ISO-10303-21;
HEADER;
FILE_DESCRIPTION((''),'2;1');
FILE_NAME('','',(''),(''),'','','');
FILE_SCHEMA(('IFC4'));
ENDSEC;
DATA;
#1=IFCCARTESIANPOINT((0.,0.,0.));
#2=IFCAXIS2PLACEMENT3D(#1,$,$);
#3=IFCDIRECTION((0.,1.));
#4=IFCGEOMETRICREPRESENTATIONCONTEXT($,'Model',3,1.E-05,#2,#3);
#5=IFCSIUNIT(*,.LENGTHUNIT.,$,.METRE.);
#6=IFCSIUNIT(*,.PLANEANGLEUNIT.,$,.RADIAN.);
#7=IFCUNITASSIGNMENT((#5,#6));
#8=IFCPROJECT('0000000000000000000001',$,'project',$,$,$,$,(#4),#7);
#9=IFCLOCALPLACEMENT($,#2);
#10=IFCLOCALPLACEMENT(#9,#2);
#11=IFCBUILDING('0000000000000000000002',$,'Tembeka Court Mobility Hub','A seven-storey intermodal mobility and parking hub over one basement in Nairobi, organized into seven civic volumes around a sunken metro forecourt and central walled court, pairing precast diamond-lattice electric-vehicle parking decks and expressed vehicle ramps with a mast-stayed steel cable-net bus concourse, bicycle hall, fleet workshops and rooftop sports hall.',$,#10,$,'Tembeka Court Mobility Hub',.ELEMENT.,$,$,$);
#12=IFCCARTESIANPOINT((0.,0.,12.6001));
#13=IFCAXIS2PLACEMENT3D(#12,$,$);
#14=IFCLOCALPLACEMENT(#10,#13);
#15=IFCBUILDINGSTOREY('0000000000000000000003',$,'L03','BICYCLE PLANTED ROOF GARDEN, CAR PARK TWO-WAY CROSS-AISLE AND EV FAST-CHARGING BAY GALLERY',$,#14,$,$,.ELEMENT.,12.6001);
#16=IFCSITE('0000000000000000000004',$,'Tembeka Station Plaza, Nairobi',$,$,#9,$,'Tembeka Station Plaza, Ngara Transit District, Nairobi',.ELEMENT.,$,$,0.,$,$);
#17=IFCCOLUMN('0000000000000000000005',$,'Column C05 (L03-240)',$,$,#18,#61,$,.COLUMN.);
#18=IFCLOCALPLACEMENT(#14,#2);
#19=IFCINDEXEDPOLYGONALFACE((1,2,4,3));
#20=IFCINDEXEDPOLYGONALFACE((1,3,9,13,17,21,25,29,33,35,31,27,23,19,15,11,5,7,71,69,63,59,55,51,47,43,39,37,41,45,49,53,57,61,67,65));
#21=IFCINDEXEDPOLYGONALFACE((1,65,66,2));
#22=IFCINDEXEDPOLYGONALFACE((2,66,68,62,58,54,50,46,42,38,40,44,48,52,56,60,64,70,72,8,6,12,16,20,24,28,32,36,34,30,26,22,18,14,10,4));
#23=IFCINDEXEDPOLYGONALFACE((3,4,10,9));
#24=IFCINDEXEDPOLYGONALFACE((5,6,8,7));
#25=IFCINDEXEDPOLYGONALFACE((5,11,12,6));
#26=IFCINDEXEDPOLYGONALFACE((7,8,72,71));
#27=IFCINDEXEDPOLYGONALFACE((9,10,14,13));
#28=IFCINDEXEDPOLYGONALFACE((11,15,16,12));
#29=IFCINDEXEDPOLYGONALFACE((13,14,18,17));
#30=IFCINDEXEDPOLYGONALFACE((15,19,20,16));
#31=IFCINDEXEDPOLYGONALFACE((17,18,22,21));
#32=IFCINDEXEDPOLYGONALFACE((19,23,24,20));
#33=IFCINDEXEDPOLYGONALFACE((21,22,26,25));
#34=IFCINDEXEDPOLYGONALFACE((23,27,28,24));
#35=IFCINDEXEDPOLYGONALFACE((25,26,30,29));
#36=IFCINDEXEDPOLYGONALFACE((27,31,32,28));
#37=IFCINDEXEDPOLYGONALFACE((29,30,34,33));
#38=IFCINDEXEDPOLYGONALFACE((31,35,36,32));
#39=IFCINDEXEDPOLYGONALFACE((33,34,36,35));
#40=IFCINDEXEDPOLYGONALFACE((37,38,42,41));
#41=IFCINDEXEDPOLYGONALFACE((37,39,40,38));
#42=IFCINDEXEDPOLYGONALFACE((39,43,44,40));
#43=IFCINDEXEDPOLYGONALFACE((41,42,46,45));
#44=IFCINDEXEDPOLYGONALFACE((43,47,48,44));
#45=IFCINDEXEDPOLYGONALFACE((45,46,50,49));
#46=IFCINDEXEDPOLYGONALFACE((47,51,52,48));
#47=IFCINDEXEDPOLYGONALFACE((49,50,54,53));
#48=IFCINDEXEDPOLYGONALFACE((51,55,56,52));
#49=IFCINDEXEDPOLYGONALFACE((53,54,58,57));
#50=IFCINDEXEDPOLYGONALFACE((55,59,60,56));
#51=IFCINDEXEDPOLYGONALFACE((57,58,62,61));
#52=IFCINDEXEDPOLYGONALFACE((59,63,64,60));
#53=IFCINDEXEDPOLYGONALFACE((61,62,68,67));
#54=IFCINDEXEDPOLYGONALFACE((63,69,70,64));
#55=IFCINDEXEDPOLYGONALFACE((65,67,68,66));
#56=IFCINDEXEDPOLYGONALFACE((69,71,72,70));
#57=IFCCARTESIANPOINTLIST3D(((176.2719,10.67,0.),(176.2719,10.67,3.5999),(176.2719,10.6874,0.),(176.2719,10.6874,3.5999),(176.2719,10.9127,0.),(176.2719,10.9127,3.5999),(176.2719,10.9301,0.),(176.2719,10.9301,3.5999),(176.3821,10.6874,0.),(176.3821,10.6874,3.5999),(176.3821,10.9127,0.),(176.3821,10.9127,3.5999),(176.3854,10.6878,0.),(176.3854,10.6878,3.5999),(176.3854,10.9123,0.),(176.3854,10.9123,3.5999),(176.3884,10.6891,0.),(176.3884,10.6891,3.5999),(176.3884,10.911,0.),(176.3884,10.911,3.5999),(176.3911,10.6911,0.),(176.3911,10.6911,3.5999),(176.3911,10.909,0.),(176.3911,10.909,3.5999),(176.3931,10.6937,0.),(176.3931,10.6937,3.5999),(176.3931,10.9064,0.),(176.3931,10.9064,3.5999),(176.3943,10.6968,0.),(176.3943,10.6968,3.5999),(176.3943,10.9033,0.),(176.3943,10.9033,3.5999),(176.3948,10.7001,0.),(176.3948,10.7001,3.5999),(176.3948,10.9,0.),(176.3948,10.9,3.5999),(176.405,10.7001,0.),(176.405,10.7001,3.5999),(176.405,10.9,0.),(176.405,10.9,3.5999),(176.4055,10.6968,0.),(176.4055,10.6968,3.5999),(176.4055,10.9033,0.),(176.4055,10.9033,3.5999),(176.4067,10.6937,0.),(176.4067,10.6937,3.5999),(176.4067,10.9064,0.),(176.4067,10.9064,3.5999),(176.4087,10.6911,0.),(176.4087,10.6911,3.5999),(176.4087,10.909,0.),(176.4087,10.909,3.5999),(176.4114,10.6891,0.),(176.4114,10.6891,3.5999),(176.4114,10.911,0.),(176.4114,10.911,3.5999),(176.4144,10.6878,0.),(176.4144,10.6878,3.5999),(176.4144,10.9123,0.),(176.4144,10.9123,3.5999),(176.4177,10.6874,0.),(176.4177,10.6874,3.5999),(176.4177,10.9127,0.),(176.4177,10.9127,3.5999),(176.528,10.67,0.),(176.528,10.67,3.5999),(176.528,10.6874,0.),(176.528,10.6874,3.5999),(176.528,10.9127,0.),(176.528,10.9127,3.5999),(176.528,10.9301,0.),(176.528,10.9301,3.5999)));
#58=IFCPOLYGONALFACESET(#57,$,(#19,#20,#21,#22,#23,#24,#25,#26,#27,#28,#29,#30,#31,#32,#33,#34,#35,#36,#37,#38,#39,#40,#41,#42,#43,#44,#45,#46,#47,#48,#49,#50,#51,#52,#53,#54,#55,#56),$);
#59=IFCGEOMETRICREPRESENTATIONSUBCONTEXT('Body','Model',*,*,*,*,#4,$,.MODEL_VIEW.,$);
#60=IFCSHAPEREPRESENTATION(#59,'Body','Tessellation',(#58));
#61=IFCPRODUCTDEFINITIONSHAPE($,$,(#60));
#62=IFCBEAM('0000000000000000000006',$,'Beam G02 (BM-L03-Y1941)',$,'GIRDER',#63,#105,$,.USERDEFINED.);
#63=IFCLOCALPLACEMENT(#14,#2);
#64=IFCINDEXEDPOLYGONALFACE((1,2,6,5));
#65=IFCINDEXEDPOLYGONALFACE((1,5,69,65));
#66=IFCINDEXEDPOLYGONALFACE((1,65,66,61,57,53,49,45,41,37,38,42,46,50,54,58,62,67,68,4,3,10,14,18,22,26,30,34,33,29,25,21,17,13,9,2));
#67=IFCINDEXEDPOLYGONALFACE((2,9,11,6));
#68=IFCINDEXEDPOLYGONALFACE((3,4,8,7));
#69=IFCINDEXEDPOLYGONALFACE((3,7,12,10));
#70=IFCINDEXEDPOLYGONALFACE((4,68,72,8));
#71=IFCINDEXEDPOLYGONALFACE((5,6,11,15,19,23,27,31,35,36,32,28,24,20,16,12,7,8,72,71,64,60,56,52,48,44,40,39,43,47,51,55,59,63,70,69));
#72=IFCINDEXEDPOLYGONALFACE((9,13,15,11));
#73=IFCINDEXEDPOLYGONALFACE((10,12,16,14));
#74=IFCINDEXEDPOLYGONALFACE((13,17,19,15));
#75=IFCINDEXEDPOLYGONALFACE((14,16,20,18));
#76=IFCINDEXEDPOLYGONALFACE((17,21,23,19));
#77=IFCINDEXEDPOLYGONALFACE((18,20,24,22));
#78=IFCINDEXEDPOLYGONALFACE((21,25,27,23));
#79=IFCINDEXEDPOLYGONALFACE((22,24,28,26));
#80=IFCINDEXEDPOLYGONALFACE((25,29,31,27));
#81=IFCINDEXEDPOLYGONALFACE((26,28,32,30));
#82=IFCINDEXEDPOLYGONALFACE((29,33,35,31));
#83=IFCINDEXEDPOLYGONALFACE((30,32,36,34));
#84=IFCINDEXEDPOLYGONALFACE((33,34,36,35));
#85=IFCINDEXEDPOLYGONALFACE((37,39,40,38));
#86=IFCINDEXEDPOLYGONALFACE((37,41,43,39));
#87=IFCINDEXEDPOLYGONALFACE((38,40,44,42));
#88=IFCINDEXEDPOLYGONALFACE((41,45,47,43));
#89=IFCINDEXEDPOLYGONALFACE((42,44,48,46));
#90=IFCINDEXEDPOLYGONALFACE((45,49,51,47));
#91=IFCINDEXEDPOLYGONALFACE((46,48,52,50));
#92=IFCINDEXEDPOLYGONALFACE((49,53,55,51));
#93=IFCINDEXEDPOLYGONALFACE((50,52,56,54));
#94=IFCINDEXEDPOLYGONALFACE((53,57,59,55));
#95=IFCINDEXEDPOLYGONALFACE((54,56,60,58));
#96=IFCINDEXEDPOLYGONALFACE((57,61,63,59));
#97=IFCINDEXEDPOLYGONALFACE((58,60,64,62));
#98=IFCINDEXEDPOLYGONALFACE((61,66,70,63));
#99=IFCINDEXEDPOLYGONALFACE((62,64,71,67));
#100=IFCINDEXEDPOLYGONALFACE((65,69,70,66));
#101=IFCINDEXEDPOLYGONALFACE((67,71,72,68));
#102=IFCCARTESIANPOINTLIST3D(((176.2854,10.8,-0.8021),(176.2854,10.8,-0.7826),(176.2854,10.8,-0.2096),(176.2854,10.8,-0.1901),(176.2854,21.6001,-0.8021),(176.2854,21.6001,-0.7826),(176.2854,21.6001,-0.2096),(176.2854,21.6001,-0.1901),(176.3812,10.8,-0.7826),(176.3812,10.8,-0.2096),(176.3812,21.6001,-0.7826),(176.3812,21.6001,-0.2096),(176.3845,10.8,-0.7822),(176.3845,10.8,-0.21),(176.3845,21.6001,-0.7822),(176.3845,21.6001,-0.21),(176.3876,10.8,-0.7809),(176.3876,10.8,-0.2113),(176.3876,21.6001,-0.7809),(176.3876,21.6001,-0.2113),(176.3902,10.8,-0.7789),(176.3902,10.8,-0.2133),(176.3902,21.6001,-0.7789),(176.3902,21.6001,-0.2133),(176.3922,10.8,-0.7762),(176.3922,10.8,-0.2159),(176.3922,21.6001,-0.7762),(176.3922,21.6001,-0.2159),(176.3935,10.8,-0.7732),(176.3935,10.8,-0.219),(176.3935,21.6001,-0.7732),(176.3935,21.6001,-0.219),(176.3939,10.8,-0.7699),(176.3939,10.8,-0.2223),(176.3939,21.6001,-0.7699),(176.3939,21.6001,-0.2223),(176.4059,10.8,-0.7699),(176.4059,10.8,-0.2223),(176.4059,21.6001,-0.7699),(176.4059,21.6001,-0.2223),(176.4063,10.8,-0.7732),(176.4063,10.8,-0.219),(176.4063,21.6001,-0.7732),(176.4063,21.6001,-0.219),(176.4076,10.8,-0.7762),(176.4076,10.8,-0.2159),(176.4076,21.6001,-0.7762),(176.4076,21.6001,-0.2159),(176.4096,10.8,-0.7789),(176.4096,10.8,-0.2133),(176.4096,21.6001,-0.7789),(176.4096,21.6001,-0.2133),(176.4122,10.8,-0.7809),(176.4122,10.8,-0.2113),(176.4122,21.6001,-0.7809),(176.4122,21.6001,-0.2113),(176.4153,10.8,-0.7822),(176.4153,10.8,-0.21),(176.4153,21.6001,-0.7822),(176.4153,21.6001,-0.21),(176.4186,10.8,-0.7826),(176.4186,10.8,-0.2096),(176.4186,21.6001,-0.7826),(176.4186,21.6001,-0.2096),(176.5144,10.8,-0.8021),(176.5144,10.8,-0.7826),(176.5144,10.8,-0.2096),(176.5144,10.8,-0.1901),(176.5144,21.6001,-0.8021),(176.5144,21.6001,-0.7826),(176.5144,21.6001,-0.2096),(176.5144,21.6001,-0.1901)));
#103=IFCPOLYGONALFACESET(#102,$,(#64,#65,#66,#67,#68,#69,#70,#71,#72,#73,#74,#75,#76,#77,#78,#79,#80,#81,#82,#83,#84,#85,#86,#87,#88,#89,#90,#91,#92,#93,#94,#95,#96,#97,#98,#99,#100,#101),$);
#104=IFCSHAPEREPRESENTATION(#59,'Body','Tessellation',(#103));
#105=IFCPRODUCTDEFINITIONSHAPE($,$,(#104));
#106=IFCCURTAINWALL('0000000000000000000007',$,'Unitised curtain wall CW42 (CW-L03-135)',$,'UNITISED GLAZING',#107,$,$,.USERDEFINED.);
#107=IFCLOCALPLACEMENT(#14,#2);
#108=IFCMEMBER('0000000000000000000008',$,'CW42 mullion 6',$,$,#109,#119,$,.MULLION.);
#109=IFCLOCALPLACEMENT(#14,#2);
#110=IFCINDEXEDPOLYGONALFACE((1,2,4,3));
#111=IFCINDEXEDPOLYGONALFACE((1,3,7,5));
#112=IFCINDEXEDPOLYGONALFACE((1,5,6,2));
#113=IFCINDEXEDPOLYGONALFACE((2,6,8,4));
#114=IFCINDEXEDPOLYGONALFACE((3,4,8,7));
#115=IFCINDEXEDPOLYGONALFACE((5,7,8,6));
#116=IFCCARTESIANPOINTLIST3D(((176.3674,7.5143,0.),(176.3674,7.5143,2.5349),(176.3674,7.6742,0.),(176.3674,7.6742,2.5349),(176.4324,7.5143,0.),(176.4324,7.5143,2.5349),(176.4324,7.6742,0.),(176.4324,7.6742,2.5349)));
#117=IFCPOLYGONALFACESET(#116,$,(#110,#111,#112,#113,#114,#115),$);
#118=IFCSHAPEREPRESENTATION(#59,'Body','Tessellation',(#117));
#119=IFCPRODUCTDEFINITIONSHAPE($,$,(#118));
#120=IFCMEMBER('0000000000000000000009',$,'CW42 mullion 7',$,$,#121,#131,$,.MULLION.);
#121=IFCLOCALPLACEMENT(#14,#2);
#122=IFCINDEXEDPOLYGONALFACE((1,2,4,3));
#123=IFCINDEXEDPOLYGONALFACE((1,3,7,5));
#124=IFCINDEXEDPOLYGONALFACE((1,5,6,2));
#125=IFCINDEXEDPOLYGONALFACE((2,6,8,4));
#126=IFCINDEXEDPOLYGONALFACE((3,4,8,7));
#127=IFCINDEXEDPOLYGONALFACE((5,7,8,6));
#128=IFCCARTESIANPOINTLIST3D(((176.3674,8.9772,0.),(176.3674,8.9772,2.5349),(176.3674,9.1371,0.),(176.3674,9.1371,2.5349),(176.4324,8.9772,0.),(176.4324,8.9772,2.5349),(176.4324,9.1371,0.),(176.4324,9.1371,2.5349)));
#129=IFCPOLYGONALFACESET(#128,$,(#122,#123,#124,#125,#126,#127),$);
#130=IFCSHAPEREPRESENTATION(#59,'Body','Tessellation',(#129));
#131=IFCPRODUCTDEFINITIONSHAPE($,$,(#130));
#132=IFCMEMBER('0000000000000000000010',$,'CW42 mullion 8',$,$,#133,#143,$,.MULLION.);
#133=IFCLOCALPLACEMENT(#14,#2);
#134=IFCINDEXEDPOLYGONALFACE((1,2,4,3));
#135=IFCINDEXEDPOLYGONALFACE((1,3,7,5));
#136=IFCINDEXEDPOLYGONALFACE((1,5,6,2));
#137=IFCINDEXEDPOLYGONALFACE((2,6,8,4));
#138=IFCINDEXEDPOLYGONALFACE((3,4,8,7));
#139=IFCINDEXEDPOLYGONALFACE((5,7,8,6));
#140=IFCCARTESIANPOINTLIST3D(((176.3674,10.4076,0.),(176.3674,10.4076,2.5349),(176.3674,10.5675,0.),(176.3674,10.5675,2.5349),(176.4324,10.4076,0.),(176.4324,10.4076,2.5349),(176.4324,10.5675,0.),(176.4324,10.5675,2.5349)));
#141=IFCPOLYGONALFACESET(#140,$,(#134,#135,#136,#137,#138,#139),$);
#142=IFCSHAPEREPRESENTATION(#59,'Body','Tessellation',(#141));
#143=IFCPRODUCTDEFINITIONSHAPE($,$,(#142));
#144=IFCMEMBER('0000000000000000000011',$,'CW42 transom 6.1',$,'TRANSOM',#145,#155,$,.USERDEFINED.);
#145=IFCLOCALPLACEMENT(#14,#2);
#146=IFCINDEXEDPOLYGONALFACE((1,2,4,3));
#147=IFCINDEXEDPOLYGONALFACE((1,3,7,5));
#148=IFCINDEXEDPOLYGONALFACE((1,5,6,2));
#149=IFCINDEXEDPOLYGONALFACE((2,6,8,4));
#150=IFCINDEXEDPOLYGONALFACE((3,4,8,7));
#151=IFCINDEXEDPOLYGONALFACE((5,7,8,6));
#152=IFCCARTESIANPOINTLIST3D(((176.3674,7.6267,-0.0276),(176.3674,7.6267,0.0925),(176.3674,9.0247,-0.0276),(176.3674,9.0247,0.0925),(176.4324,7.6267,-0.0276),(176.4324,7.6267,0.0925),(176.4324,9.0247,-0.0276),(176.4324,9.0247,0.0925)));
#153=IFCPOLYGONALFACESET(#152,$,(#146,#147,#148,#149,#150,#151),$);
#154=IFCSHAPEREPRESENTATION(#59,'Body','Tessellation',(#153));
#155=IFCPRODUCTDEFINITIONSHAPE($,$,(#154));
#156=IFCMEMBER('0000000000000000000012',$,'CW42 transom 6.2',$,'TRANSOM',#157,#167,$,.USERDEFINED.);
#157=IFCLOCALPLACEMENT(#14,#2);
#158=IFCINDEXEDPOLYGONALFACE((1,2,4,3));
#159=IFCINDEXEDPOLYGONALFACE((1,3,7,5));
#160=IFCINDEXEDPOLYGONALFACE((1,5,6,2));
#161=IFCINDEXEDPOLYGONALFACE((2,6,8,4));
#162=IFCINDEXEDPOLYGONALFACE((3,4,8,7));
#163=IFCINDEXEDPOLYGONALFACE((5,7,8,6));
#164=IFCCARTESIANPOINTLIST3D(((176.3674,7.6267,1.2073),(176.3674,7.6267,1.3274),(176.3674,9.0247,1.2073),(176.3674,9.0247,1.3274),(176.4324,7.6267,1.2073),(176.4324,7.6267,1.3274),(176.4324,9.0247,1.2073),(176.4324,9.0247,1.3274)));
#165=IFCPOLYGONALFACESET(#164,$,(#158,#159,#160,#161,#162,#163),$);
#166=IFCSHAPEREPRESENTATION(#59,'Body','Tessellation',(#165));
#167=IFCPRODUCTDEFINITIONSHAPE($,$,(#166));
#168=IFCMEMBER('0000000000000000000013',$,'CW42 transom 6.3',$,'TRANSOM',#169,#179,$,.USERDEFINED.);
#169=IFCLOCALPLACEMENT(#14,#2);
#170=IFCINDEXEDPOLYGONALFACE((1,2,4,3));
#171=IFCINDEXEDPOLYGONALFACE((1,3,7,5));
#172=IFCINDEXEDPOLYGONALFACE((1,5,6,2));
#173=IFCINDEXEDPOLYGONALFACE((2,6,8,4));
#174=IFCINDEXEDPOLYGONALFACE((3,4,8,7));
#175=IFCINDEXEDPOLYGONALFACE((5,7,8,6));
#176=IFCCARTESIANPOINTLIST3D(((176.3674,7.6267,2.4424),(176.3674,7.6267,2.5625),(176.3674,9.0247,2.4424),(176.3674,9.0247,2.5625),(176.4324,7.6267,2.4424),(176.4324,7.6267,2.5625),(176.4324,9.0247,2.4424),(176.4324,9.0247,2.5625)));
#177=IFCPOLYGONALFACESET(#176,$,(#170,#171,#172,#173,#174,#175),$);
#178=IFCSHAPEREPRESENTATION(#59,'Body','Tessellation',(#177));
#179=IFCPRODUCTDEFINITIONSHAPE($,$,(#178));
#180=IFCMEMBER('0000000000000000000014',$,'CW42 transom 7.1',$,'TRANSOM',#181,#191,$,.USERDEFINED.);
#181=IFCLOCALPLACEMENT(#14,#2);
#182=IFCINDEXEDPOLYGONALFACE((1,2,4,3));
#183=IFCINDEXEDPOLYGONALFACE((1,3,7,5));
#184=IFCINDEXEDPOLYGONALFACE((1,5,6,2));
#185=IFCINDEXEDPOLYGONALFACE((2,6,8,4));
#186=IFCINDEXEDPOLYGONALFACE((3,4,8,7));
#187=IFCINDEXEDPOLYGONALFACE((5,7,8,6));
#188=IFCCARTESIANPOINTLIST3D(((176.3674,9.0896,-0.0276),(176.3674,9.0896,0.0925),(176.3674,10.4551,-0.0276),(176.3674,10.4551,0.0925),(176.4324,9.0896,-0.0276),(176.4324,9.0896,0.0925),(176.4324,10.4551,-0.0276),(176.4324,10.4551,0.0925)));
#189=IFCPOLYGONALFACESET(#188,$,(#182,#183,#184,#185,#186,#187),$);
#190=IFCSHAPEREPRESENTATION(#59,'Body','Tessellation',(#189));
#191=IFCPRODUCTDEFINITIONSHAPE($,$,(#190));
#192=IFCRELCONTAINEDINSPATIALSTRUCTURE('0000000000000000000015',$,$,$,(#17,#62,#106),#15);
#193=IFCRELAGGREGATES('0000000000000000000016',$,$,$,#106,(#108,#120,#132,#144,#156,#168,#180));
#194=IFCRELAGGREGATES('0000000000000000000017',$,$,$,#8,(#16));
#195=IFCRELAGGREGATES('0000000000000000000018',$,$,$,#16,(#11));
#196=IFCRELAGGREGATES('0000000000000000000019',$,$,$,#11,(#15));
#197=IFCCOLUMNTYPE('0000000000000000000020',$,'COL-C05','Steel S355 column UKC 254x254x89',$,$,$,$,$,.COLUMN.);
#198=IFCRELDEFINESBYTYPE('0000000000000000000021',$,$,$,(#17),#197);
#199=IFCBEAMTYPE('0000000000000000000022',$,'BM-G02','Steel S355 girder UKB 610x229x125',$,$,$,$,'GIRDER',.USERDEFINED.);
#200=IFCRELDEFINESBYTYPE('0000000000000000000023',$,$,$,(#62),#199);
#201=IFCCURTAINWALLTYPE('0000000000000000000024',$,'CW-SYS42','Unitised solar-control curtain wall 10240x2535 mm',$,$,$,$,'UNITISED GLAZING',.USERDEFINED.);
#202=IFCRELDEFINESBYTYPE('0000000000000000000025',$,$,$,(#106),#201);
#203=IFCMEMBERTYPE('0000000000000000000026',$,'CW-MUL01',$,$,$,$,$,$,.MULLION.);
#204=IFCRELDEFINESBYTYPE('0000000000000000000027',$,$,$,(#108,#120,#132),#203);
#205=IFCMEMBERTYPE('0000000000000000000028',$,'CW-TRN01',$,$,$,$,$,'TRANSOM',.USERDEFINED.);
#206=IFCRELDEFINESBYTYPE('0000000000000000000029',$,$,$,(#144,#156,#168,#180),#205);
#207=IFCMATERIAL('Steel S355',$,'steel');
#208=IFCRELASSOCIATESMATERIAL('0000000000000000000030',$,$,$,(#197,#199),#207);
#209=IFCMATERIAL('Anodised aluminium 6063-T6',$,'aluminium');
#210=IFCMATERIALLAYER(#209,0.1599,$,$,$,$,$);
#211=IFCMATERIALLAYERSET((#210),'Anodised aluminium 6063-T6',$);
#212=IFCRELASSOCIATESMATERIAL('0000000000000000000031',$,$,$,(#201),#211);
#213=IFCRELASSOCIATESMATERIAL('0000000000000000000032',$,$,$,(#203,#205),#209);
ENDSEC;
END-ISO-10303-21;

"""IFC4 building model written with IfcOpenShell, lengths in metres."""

from ifc_helpers import new_model, si_unit, direction, frame, origin, origin_2d, place, context, subcontext, project, spatial, rectangle, i_section, extrude, material, layer, layer_set, material_profile, profile_set, type_object, element, aggregate, save


model = new_model("IFC4")

# Units and contexts
model_context = context("Model", 3, precision=1e-05, world=origin(), true_north=direction((0.0, 1.0)))
body_context = subcontext(model_context, "Body", "Model", "MODEL_VIEW")
ifc_project = project(units=[si_unit("LENGTHUNIT", "METRE"), si_unit("PLANEANGLEUNIT", "RADIAN")], contexts=[model_context])

# Site, building, storey
site_placement = place(None, origin())
site = spatial("IfcSite", under=ifc_project, at=site_placement, Name="Tembeka Station Plaza, Nairobi", LongName="Tembeka Station Plaza, Ngara Transit District, Nairobi", CompositionType="ELEMENT", RefElevation=0.0)
building_placement = place(site_placement, origin())
building = spatial("IfcBuilding", under=site, at=building_placement, Name="Tembeka Court Mobility Hub", Description="A seven-storey intermodal mobility and parking hub over one basement in Nairobi, organized into seven civic volumes around a sunken metro forecourt and central walled court, pairing precast diamond-lattice electric-vehicle parking decks and expressed vehicle ramps with a mast-stayed steel cable-net bus concourse, bicycle hall, fleet workshops and rooftop sports hall.", LongName="Tembeka Court Mobility Hub", CompositionType="ELEMENT")
storey_placement = place(building_placement, frame((0.0, 0.0, 12.6001)))
storey = spatial("IfcBuildingStorey", under=building, at=storey_placement, Name="L03", Description="BICYCLE PLANTED ROOF GARDEN, CAR PARK TWO-WAY CROSS-AISLE AND EV FAST-CHARGING BAY GALLERY", CompositionType="ELEMENT", Elevation=12.6001)

# Column
ifc_material_1 = material(Name="Steel S355", Category="steel")
ifc_material_profile_1 = material_profile(ifc_material_1, i_section(OverallWidth=0.2561, OverallDepth=0.26, WebThickness=0.0103, FlangeThickness=0.0173, FilletRadius=0.0127, at=origin_2d()), Name="UKC 254x254x89")
ifc_profile_set_1 = profile_set([ifc_material_profile_1], Name="Steel S355")
column_type = type_object("IfcColumnType", Name="COL-C05", Description="Steel S355 column UKC 254x254x89", PredefinedType="COLUMN", material=ifc_profile_set_1)
column_placement = place(storey_placement, frame((176.3999, 10.8, 0.0), z_axis=(0.0, 0.0, 1.0), x_axis=(1.0, 0.0, 0.0)))
element("IfcColumn", 1, at=column_placement, inside=storey, type_object=column_type, Name="Column C05 (L03-240)", PredefinedType="COLUMN", context=body_context, shape_type="SweptSolid", body=[
    extrude(i_section(OverallWidth=0.2561, OverallDepth=0.26, WebThickness=0.0103, FlangeThickness=0.0173, FilletRadius=0.0127, at=origin_2d()), origin(), (0.0, 0.0, 1.0), 3.5999),
])

# Beam
ifc_material_profile_2 = material_profile(ifc_material_1, i_section(OverallWidth=0.229, OverallDepth=0.6121, WebThickness=0.012, FlangeThickness=0.0195, FilletRadius=0.0127, at=origin_2d()), Name="UKB 610x229x125")
ifc_profile_set_2 = profile_set([ifc_material_profile_2], Name="Steel S355")
beam_type = type_object("IfcBeamType", Name="BM-G02", Description="Steel S355 girder UKB 610x229x125", ElementType="GIRDER", PredefinedType="USERDEFINED", material=ifc_profile_set_2)
beam_placement = place(storey_placement, frame((176.3999, 10.8, -0.4961), z_axis=(0.0, 1.0, 0.0), x_axis=(-1.0, 0.0, 0.0)))
element("IfcBeam", 2, at=beam_placement, inside=storey, type_object=beam_type, Name="Beam G02 (BM-L03-Y1941)", ObjectType="GIRDER", PredefinedType="USERDEFINED", context=body_context, shape_type="SweptSolid", body=[
    extrude(i_section(OverallWidth=0.229, OverallDepth=0.6121, WebThickness=0.012, FlangeThickness=0.0195, FilletRadius=0.0127, at=origin_2d()), origin(), (0.0, 0.0, 1.0), 10.8),
])

# Curtain wall, members
ifc_material_2 = material(Name="Anodised aluminium 6063-T6", Category="aluminium")
ifc_layer_1 = layer(ifc_material_2, 0.1599)
ifc_layer_set_1 = layer_set([ifc_layer_1], Name="Anodised aluminium 6063-T6")
curtain_wall_type = type_object("IfcCurtainWallType", Name="CW-SYS42", Description="Unitised solar-control curtain wall 10240x2535 mm", ElementType="UNITISED GLAZING", PredefinedType="USERDEFINED", material=ifc_layer_set_1)
curtain_wall_placement = place(storey_placement, origin())
curtain_wall = element("IfcCurtainWall", 3, at=curtain_wall_placement, inside=storey, type_object=curtain_wall_type, Name="Unitised curtain wall CW42 (CW-L03-135)", ObjectType="UNITISED GLAZING", PredefinedType="USERDEFINED")
ifc_material_profile_3 = material_profile(ifc_material_2, rectangle(XDim=0.0649, YDim=0.1599, at=origin_2d()), Name="ALU-MUL 65x160")
ifc_profile_set_3 = profile_set([ifc_material_profile_3], Name="Anodised aluminium 6063-T6")
member_type_1 = type_object("IfcMemberType", Name="CW-MUL01", PredefinedType="MULLION", material=ifc_profile_set_3)
member_1_placement = place(storey_placement, frame((176.3999, 7.5942, 0.0), z_axis=(0.0, 0.0, 1.0), x_axis=(-1.0, 0.0, 0.0)))
member_1 = element("IfcMember", 4, at=member_1_placement, type_object=member_type_1, Name="CW42 mullion 6", PredefinedType="MULLION", context=body_context, shape_type="SweptSolid", body=[
    extrude(rectangle(XDim=0.0649, YDim=0.1599, at=origin_2d()), origin(), (0.0, 0.0, 1.0), 2.5349),
])
member_2_placement = place(storey_placement, frame((176.3999, 9.0571, 0.0), z_axis=(0.0, 0.0, 1.0), x_axis=(-1.0, 0.0, 0.0)))
member_2 = element("IfcMember", 5, at=member_2_placement, type_object=member_type_1, Name="CW42 mullion 7", PredefinedType="MULLION", context=body_context, shape_type="SweptSolid", body=[
    extrude(rectangle(XDim=0.0649, YDim=0.1599, at=origin_2d()), origin(), (0.0, 0.0, 1.0), 2.5349),
])
member_3_placement = place(storey_placement, frame((176.3999, 10.4875, 0.0), z_axis=(0.0, 0.0, 1.0), x_axis=(-1.0, 0.0, 0.0)))
member_3 = element("IfcMember", 6, at=member_3_placement, type_object=member_type_1, Name="CW42 mullion 8", PredefinedType="MULLION", context=body_context, shape_type="SweptSolid", body=[
    extrude(rectangle(XDim=0.0649, YDim=0.1599, at=origin_2d()), origin(), (0.0, 0.0, 1.0), 2.5349),
])
ifc_material_profile_4 = material_profile(ifc_material_2, rectangle(XDim=0.0649, YDim=0.1201, at=origin_2d()), Name="ALU-TRN 65x120")
ifc_profile_set_4 = profile_set([ifc_material_profile_4], Name="Anodised aluminium 6063-T6")
member_type_2 = type_object("IfcMemberType", Name="CW-TRN01", ElementType="TRANSOM", PredefinedType="USERDEFINED", material=ifc_profile_set_4)
member_4_placement = place(storey_placement, frame((176.3999, 7.6267, 0.0325), z_axis=(0.0, 1.0, 0.0), x_axis=(-1.0, 0.0, 0.0)))
member_4 = element("IfcMember", 7, at=member_4_placement, type_object=member_type_2, Name="CW42 transom 6.1", ObjectType="TRANSOM", PredefinedType="USERDEFINED", context=body_context, shape_type="SweptSolid", body=[
    extrude(rectangle(XDim=0.0649, YDim=0.1201, at=origin_2d()), origin(), (0.0, 0.0, 1.0), 1.3979),
])
member_5_placement = place(storey_placement, frame((176.3999, 7.6267, 1.2673), z_axis=(0.0, 1.0, 0.0), x_axis=(-1.0, 0.0, 0.0)))
member_5 = element("IfcMember", 8, at=member_5_placement, type_object=member_type_2, Name="CW42 transom 6.2", ObjectType="TRANSOM", PredefinedType="USERDEFINED", context=body_context, shape_type="SweptSolid", body=[
    extrude(rectangle(XDim=0.0649, YDim=0.1201, at=origin_2d()), origin(), (0.0, 0.0, 1.0), 1.3979),
])
member_6_placement = place(storey_placement, frame((176.3999, 7.6267, 2.5024), z_axis=(0.0, 1.0, 0.0), x_axis=(-1.0, 0.0, 0.0)))
member_6 = element("IfcMember", 9, at=member_6_placement, type_object=member_type_2, Name="CW42 transom 6.3", ObjectType="TRANSOM", PredefinedType="USERDEFINED", context=body_context, shape_type="SweptSolid", body=[
    extrude(rectangle(XDim=0.0649, YDim=0.1201, at=origin_2d()), origin(), (0.0, 0.0, 1.0), 1.3979),
])
member_7_placement = place(storey_placement, frame((176.3999, 9.0896, 0.0325), z_axis=(0.0, 1.0, 0.0), x_axis=(-1.0, 0.0, 0.0)))
member_7 = element("IfcMember", 10, at=member_7_placement, type_object=member_type_2, Name="CW42 transom 7.1", ObjectType="TRANSOM", PredefinedType="USERDEFINED", context=body_context, shape_type="SweptSolid", body=[
    extrude(rectangle(XDim=0.0649, YDim=0.1201, at=origin_2d()), origin(), (0.0, 0.0, 1.0), 1.3655),
])
aggregate(curtain_wall, [member_1, member_2, member_3, member_4, member_5, member_6, member_7])

save(model, "model.ifc")
